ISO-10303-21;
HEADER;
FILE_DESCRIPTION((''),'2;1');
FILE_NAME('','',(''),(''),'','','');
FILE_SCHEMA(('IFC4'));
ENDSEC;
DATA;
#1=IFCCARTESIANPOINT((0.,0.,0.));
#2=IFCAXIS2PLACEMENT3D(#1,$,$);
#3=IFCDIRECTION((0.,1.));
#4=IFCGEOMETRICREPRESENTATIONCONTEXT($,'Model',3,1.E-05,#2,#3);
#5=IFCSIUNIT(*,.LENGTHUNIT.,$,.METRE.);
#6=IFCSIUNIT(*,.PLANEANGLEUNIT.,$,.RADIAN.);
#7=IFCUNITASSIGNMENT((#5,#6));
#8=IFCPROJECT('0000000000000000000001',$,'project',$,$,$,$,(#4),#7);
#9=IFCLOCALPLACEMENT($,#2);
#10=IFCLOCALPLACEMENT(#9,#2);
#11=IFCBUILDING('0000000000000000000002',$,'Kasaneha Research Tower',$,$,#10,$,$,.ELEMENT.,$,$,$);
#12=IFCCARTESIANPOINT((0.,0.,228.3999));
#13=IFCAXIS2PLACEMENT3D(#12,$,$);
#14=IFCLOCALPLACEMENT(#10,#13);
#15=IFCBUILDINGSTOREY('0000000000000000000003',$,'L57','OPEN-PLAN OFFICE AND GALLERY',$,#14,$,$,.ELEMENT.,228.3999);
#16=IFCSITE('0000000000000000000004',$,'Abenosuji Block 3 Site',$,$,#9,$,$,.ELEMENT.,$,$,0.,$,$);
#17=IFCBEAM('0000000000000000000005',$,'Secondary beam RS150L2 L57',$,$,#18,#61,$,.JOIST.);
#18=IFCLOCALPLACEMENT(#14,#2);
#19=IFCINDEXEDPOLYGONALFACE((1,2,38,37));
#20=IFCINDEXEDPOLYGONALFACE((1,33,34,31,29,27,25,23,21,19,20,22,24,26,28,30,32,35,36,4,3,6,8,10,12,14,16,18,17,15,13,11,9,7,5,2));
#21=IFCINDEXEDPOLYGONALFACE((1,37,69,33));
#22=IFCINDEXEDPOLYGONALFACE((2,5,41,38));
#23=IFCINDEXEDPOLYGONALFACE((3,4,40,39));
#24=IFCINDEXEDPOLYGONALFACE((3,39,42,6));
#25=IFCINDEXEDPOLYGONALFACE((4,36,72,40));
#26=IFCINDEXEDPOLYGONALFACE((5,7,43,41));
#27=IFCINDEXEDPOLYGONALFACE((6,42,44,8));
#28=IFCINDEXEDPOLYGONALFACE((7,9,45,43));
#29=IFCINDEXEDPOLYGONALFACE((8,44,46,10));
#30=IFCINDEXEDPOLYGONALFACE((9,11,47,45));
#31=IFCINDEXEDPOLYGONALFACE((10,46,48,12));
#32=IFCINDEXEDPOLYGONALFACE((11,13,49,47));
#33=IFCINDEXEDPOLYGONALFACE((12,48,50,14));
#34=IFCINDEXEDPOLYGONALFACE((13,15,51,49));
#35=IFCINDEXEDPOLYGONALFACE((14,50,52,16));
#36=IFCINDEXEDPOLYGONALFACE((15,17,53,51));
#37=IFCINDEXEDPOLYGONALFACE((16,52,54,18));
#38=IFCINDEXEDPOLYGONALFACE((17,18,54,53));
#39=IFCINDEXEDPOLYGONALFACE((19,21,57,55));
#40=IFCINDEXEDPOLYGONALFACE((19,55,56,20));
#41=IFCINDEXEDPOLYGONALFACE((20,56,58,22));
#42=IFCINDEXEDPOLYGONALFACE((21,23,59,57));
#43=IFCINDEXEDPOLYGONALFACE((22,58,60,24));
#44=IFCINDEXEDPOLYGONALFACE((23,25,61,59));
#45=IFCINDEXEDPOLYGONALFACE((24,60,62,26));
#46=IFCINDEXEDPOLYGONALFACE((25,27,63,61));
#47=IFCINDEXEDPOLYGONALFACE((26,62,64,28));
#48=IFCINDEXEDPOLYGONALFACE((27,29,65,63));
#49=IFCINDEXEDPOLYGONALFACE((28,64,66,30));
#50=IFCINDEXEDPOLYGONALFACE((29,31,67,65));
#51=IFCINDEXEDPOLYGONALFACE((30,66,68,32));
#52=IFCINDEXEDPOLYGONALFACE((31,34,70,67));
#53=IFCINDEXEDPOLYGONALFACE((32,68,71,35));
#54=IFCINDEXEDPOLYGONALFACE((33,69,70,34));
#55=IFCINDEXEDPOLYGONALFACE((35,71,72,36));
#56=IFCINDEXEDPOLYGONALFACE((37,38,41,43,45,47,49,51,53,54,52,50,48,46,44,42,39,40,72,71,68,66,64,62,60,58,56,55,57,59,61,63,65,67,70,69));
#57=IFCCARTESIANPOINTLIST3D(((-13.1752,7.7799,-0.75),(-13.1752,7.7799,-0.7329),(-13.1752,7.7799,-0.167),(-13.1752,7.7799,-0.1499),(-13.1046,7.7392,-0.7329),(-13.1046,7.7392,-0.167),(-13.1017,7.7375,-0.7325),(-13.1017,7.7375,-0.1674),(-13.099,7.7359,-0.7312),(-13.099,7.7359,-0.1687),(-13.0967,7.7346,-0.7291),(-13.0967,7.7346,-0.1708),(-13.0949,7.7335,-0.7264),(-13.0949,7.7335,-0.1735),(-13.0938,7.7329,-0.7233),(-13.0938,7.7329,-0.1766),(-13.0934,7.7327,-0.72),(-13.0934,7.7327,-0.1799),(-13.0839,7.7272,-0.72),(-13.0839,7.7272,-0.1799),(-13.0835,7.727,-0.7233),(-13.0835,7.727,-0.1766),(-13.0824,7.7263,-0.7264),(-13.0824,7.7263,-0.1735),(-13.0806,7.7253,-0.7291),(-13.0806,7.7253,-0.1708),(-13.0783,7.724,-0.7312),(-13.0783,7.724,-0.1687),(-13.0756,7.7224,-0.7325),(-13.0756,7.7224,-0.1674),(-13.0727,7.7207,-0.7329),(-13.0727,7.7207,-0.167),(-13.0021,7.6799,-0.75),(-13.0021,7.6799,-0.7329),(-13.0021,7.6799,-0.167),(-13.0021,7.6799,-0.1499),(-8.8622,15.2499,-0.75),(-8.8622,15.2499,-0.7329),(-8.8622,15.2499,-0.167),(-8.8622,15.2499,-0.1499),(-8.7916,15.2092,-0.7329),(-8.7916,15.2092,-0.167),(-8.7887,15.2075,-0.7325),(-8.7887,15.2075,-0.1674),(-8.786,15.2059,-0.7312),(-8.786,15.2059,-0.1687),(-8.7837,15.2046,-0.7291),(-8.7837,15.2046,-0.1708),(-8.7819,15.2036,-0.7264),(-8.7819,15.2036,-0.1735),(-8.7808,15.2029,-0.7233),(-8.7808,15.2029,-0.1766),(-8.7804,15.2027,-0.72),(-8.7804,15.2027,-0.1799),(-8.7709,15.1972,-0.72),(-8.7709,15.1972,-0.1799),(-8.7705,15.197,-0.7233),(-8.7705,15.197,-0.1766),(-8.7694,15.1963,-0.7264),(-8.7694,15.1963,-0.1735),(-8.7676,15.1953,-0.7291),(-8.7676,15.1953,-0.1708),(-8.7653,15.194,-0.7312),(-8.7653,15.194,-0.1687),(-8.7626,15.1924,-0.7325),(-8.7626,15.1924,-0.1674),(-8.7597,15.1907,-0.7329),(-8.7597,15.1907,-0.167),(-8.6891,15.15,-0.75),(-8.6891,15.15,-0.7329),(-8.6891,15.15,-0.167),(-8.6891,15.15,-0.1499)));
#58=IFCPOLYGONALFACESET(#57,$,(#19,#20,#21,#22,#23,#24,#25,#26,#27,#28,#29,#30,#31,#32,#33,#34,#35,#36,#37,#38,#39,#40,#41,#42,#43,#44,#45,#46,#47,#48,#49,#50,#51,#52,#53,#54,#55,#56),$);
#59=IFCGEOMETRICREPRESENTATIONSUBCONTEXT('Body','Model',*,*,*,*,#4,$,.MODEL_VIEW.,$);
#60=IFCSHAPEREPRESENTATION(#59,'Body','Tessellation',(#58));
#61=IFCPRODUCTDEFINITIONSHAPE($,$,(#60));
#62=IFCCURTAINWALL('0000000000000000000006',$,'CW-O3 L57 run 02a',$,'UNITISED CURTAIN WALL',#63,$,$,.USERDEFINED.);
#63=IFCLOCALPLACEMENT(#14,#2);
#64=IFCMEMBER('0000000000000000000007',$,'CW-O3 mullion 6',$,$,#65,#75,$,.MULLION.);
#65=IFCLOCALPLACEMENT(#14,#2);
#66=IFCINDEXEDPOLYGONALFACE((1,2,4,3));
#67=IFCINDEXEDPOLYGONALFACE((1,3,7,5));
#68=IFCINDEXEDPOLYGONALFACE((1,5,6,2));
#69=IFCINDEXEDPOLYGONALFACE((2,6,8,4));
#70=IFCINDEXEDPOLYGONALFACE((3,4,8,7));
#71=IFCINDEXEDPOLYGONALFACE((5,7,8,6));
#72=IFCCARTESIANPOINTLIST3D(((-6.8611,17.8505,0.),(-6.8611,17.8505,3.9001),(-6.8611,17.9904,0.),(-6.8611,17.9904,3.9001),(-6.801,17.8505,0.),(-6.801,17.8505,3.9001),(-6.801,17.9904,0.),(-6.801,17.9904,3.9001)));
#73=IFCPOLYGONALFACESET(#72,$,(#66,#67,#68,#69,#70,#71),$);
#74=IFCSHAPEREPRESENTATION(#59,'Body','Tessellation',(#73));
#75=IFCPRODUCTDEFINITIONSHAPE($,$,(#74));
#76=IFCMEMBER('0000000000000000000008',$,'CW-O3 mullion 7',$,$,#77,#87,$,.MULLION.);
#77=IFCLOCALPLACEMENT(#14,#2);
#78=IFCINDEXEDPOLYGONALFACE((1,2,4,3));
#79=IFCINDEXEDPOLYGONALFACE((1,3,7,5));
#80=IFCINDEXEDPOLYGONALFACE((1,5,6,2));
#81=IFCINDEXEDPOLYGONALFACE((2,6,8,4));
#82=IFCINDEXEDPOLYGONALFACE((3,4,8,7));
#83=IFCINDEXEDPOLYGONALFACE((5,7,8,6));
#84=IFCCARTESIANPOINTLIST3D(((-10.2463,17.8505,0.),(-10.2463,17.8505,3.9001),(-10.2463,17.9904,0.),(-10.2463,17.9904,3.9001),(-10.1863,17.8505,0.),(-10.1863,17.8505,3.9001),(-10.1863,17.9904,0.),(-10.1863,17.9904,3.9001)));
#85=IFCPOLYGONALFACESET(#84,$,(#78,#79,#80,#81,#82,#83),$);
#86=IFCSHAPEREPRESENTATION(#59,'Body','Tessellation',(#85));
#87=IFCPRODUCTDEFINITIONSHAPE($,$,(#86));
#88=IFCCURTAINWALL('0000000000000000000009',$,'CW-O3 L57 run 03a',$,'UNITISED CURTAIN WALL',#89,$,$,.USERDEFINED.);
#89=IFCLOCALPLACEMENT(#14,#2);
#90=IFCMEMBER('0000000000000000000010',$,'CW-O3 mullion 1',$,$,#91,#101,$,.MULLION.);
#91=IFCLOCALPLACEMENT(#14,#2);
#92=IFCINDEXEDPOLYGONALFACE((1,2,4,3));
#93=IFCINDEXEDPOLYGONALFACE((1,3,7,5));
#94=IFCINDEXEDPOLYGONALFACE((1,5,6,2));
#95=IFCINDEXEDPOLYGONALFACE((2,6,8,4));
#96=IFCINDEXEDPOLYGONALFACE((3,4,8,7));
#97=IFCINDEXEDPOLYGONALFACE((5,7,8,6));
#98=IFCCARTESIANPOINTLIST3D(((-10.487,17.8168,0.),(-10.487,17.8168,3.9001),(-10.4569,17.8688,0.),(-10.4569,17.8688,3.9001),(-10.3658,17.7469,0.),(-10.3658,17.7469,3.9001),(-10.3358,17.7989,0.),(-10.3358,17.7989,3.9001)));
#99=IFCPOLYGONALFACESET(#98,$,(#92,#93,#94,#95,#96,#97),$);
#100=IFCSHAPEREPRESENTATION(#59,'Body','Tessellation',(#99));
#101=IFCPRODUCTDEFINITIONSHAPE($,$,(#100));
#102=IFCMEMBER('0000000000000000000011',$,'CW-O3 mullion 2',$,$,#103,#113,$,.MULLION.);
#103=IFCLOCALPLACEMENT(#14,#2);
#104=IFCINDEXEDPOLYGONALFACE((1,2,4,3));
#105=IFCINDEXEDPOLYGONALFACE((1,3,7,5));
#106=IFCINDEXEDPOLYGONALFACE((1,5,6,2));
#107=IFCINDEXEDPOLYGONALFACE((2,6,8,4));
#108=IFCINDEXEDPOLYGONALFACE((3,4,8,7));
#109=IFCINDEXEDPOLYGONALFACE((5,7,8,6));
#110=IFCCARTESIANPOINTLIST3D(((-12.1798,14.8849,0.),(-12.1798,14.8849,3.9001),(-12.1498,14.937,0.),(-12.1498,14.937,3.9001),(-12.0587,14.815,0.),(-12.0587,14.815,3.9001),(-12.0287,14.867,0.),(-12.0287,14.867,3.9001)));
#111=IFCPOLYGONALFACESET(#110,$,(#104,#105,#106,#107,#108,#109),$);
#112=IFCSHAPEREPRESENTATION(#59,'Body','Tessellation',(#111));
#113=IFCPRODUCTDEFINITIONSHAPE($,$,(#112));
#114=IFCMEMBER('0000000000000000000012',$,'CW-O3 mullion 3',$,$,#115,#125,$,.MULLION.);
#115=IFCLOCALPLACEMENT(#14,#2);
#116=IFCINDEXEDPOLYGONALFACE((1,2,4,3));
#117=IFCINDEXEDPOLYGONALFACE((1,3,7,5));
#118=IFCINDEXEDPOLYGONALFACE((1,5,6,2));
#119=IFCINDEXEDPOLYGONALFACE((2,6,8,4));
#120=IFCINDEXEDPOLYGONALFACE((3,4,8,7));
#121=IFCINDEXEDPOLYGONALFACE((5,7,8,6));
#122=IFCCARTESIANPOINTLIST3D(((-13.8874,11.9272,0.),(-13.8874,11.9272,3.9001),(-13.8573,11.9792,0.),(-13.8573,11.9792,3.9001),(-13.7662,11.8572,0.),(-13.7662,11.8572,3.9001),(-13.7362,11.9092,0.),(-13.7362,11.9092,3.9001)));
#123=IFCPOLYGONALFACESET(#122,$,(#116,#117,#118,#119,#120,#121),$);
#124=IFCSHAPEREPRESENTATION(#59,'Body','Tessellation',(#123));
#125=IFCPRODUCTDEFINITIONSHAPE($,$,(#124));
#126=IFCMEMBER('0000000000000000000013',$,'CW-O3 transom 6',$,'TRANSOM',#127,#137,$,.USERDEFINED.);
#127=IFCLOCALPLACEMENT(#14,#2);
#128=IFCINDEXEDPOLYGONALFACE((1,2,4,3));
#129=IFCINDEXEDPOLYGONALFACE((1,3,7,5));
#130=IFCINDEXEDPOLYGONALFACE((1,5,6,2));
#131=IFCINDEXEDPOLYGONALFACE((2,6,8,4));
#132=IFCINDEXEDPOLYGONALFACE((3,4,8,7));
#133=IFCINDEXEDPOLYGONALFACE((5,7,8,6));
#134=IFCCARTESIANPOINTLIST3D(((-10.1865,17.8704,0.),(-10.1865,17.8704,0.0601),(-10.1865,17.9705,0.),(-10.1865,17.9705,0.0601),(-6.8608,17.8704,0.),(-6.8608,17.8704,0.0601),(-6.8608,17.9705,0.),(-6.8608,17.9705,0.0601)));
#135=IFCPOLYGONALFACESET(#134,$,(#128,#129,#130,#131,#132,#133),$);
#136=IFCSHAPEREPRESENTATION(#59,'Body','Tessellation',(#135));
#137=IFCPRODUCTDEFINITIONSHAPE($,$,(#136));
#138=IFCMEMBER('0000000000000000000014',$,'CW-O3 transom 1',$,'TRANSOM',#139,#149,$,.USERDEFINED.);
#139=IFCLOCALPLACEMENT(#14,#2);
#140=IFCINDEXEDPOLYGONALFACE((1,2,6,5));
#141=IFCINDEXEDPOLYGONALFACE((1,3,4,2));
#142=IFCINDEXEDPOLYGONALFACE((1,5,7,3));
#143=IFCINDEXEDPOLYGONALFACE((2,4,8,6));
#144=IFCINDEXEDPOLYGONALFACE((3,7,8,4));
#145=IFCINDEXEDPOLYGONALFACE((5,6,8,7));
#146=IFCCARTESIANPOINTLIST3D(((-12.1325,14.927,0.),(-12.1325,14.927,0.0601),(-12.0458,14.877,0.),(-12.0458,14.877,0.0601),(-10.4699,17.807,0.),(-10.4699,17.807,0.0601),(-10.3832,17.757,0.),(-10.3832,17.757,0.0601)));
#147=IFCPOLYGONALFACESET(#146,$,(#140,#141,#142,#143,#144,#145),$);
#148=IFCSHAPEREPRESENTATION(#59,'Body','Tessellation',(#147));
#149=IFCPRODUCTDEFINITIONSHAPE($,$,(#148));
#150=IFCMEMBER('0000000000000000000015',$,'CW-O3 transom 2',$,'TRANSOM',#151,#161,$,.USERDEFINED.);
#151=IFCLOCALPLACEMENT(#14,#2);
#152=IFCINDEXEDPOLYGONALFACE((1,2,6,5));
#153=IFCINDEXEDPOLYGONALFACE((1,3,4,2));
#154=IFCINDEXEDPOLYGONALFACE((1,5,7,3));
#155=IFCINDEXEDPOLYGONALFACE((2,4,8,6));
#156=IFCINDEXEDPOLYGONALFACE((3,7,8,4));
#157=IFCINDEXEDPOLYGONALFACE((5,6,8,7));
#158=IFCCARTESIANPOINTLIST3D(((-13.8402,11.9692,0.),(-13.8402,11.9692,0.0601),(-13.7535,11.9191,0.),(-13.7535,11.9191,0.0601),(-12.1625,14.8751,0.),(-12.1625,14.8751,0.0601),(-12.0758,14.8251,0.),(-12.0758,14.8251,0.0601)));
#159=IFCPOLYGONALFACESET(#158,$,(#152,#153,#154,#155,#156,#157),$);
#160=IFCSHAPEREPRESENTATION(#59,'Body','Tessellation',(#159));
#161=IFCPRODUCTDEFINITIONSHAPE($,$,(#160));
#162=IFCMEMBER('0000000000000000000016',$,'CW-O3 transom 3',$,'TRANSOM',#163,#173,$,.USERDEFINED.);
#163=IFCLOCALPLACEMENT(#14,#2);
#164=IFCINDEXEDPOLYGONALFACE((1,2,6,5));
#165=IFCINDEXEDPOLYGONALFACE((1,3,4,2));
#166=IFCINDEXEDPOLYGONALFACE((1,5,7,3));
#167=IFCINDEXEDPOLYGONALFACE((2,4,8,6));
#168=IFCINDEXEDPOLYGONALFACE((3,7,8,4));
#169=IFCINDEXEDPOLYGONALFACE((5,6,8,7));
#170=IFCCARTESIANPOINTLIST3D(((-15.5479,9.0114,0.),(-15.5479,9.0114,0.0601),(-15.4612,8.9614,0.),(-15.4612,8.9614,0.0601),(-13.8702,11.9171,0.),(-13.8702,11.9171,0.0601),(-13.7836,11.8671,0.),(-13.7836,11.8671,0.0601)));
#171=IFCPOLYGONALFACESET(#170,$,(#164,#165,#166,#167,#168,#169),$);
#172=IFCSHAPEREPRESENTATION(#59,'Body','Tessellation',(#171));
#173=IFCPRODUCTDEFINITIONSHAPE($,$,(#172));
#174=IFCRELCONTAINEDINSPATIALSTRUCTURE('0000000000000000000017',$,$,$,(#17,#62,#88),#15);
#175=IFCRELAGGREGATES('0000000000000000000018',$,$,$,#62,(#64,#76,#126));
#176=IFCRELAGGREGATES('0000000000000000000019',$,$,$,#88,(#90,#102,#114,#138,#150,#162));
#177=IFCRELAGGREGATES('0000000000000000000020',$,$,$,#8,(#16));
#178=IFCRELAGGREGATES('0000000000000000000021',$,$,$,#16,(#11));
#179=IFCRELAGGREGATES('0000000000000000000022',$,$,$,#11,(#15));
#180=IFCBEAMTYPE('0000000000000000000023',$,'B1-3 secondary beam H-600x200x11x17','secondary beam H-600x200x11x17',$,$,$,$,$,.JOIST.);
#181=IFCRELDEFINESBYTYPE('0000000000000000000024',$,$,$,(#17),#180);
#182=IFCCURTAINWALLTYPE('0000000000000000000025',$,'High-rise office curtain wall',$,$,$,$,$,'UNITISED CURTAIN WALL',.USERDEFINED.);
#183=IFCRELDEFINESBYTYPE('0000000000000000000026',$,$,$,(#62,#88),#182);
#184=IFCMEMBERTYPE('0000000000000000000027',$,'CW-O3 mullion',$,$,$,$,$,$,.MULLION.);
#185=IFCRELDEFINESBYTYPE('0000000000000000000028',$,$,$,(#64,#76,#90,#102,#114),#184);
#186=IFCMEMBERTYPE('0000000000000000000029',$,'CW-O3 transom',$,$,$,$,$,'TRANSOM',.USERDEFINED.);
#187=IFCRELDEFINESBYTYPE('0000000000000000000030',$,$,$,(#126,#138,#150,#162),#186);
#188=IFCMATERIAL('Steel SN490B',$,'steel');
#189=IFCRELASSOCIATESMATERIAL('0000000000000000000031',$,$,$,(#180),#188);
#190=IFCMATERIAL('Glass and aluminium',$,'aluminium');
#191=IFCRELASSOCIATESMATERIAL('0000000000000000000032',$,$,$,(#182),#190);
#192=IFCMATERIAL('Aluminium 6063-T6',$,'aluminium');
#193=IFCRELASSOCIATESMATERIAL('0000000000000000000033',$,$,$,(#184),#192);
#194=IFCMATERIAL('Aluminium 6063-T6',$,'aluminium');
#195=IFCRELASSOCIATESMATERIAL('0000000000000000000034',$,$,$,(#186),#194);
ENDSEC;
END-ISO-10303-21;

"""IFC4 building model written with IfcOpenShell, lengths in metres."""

from ifc_helpers import new_model, si_unit, direction, frame, origin, origin_2d, place, context, subcontext, project, spatial, rectangle, i_section, extrude, material, material_profile, profile_set, type_object, element, aggregate, save


model = new_model("IFC4")

# Units and contexts
model_context = context("Model", 3, precision=1e-05, world=origin(), true_north=direction((0.0, 1.0)))
body_context = subcontext(model_context, "Body", "Model", "MODEL_VIEW")
ifc_project = project(units=[si_unit("LENGTHUNIT", "METRE"), si_unit("PLANEANGLEUNIT", "RADIAN")], contexts=[model_context])

# Site, building, storey
site_placement = place(None, origin())
site = spatial("IfcSite", under=ifc_project, at=site_placement, Name="Abenosuji Block 3 Site", CompositionType="ELEMENT", RefElevation=0.0)
building_placement = place(site_placement, origin())
building = spatial("IfcBuilding", under=site, at=building_placement, Name="Kasaneha Research Tower", CompositionType="ELEMENT")
storey_placement = place(building_placement, frame((0.0, 0.0, 228.3999)))
storey = spatial("IfcBuildingStorey", under=building, at=storey_placement, Name="L57", Description="OPEN-PLAN OFFICE AND GALLERY", CompositionType="ELEMENT", Elevation=228.3999)

# Beam
ifc_material_1 = material(Name="Steel SN490B", Category="steel")
ifc_material_profile_1 = material_profile(ifc_material_1, i_section(OverallWidth=0.2, OverallDepth=0.6001, WebThickness=0.011, FlangeThickness=0.0171, FilletRadius=0.0129, at=origin_2d()), Name="H-600x200x11x17")
ifc_profile_set_1 = profile_set([ifc_material_profile_1], Name="Steel SN490B")
beam_type_1 = type_object("IfcBeamType", Name="B1-3 secondary beam H-600x200x11x17", Description="secondary beam H-600x200x11x17", PredefinedType="JOIST", material=ifc_profile_set_1)
beam_1_placement = place(storey_placement, frame((-8.7756, 15.2, -0.45), z_axis=(-0.500017, -0.866015, 0.0), x_axis=(0.866015, -0.500017, 0.0)))
element("IfcBeam", 1, at=beam_1_placement, inside=storey, type_object=beam_type_1, Name="Secondary beam RS150L2 L57", PredefinedType="JOIST", context=body_context, shape_type="SweptSolid", body=[
    extrude(i_section(OverallWidth=0.2, OverallDepth=0.6001, WebThickness=0.011, FlangeThickness=0.0171, FilletRadius=0.0129, at=origin_2d()), origin(), (0.0, 0.0, 1.0), 8.6257),
])

# Curtain walls, members
ifc_material_2 = material(Name="Glass and aluminium", Category="aluminium")
curtain_wall_type = type_object("IfcCurtainWallType", Name="High-rise office curtain wall", ElementType="UNITISED CURTAIN WALL", PredefinedType="USERDEFINED", material=ifc_material_2)
curtain_wall_1_placement = place(storey_placement, origin())
curtain_wall_1 = element("IfcCurtainWall", 2, at=curtain_wall_1_placement, inside=storey, type_object=curtain_wall_type, Name="CW-O3 L57 run 02a", ObjectType="UNITISED CURTAIN WALL", PredefinedType="USERDEFINED")
ifc_material_3 = material(Name="Aluminium 6063-T6", Category="aluminium")
ifc_material_profile_2 = material_profile(ifc_material_3, rectangle(XDim=0.0601, YDim=0.1399, at=origin_2d()), Name="CW-O3 mullion 60x140")
ifc_profile_set_2 = profile_set([ifc_material_profile_2], Name="Aluminium 6063-T6")
member_type_1 = type_object("IfcMemberType", Name="CW-O3 mullion", PredefinedType="MULLION", material=ifc_profile_set_2)
member_1_placement = place(storey_placement, frame((-6.8311, 17.9204, 0.0), z_axis=(0.0, 0.0, 1.0), x_axis=(-1.0, 0.0, 0.0)))
member_1 = element("IfcMember", 3, at=member_1_placement, type_object=member_type_1, Name="CW-O3 mullion 6", PredefinedType="MULLION", context=body_context, shape_type="SweptSolid", body=[
    extrude(rectangle(XDim=0.0601, YDim=0.1399, at=origin_2d()), origin(), (0.0, 0.0, 1.0), 3.9001),
])
member_2_placement = place(storey_placement, frame((-10.2163, 17.9204, 0.0), z_axis=(0.0, 0.0, 1.0), x_axis=(-1.0, 0.0, 0.0)))
member_2 = element("IfcMember", 4, at=member_2_placement, type_object=member_type_1, Name="CW-O3 mullion 7", PredefinedType="MULLION", context=body_context, shape_type="SweptSolid", body=[
    extrude(rectangle(XDim=0.0601, YDim=0.1399, at=origin_2d()), origin(), (0.0, 0.0, 1.0), 3.9001),
])
curtain_wall_2_placement = place(storey_placement, origin())
curtain_wall_2 = element("IfcCurtainWall", 5, at=curtain_wall_2_placement, inside=storey, type_object=curtain_wall_type, Name="CW-O3 L57 run 03a", ObjectType="UNITISED CURTAIN WALL", PredefinedType="USERDEFINED")
member_3_placement = place(storey_placement, frame((-10.4114, 17.8079, 0.0), z_axis=(0.0, 0.0, 1.0), x_axis=(-0.5, -0.866025, 0.0)))
member_3 = element("IfcMember", 6, at=member_3_placement, type_object=member_type_1, Name="CW-O3 mullion 1", PredefinedType="MULLION", context=body_context, shape_type="SweptSolid", body=[
    extrude(rectangle(XDim=0.0601, YDim=0.1399, at=origin_2d()), origin(), (0.0, 0.0, 1.0), 3.9001),
])
member_4_placement = place(storey_placement, frame((-12.1042, 14.876, 0.0), z_axis=(0.0, 0.0, 1.0), x_axis=(-0.5, -0.866025, 0.0)))
member_4 = element("IfcMember", 7, at=member_4_placement, type_object=member_type_1, Name="CW-O3 mullion 2", PredefinedType="MULLION", context=body_context, shape_type="SweptSolid", body=[
    extrude(rectangle(XDim=0.0601, YDim=0.1399, at=origin_2d()), origin(), (0.0, 0.0, 1.0), 3.9001),
])
member_5_placement = place(storey_placement, frame((-13.8118, 11.9182, 0.0), z_axis=(0.0, 0.0, 1.0), x_axis=(-0.5, -0.866025, 0.0)))
member_5 = element("IfcMember", 8, at=member_5_placement, type_object=member_type_1, Name="CW-O3 mullion 3", PredefinedType="MULLION", context=body_context, shape_type="SweptSolid", body=[
    extrude(rectangle(XDim=0.0601, YDim=0.1399, at=origin_2d()), origin(), (0.0, 0.0, 1.0), 3.9001),
])

# Members
ifc_material_4 = material(Name="Aluminium 6063-T6", Category="aluminium")
ifc_material_profile_3 = material_profile(ifc_material_4, rectangle(XDim=0.1001, YDim=0.0601, at=origin_2d()), Name="CW-O3 transom 100x60")
ifc_profile_set_3 = profile_set([ifc_material_profile_3], Name="Aluminium 6063-T6")
member_type_2 = type_object("IfcMemberType", Name="CW-O3 transom", ElementType="TRANSOM", PredefinedType="USERDEFINED", material=ifc_profile_set_3)
member_6_placement = place(storey_placement, frame((-6.8608, 17.9204, 0.03), z_axis=(-1.0, 0.0, 0.0), x_axis=(0.0, -1.0, 0.0)))
member_6 = element("IfcMember", 9, at=member_6_placement, type_object=member_type_2, Name="CW-O3 transom 6", ObjectType="TRANSOM", PredefinedType="USERDEFINED", context=body_context, shape_type="SweptSolid", body=[
    extrude(rectangle(XDim=0.1001, YDim=0.0601, at=origin_2d()), origin(), (0.0, 0.0, 1.0), 3.3257),
])
member_7_placement = place(storey_placement, frame((-10.4265, 17.782, 0.03), z_axis=(-0.499977, -0.866039, 0.0), x_axis=(0.866039, -0.499977, 0.0)))
member_7 = element("IfcMember", 10, at=member_7_placement, type_object=member_type_2, Name="CW-O3 transom 1", ObjectType="TRANSOM", PredefinedType="USERDEFINED", context=body_context, shape_type="SweptSolid", body=[
    extrude(rectangle(XDim=0.1001, YDim=0.0601, at=origin_2d()), origin(), (0.0, 0.0, 1.0), 3.3254),
])
member_8_placement = place(storey_placement, frame((-12.1191, 14.8501, 0.03), z_axis=(-0.499989, -0.866032, 0.0), x_axis=(0.866032, -0.499989, 0.0)))
member_8 = element("IfcMember", 11, at=member_8_placement, type_object=member_type_2, Name="CW-O3 transom 2", ObjectType="TRANSOM", PredefinedType="USERDEFINED", context=body_context, shape_type="SweptSolid", body=[
    extrude(rectangle(XDim=0.1001, YDim=0.0601, at=origin_2d()), origin(), (0.0, 0.0, 1.0), 3.3555),
])
member_9_placement = place(storey_placement, frame((-13.8269, 11.8921, 0.03), z_axis=(-0.500021, -0.866014, 0.0), x_axis=(0.866014, -0.500021, 0.0)))
member_9 = element("IfcMember", 12, at=member_9_placement, type_object=member_type_2, Name="CW-O3 transom 3", ObjectType="TRANSOM", PredefinedType="USERDEFINED", context=body_context, shape_type="SweptSolid", body=[
    extrude(rectangle(XDim=0.1001, YDim=0.0601, at=origin_2d()), origin(), (0.0, 0.0, 1.0), 3.3552),
])

aggregate(curtain_wall_1, [member_1, member_2, member_6])
aggregate(curtain_wall_2, [member_3, member_4, member_5, member_7, member_8, member_9])

save(model, "model.ifc")
